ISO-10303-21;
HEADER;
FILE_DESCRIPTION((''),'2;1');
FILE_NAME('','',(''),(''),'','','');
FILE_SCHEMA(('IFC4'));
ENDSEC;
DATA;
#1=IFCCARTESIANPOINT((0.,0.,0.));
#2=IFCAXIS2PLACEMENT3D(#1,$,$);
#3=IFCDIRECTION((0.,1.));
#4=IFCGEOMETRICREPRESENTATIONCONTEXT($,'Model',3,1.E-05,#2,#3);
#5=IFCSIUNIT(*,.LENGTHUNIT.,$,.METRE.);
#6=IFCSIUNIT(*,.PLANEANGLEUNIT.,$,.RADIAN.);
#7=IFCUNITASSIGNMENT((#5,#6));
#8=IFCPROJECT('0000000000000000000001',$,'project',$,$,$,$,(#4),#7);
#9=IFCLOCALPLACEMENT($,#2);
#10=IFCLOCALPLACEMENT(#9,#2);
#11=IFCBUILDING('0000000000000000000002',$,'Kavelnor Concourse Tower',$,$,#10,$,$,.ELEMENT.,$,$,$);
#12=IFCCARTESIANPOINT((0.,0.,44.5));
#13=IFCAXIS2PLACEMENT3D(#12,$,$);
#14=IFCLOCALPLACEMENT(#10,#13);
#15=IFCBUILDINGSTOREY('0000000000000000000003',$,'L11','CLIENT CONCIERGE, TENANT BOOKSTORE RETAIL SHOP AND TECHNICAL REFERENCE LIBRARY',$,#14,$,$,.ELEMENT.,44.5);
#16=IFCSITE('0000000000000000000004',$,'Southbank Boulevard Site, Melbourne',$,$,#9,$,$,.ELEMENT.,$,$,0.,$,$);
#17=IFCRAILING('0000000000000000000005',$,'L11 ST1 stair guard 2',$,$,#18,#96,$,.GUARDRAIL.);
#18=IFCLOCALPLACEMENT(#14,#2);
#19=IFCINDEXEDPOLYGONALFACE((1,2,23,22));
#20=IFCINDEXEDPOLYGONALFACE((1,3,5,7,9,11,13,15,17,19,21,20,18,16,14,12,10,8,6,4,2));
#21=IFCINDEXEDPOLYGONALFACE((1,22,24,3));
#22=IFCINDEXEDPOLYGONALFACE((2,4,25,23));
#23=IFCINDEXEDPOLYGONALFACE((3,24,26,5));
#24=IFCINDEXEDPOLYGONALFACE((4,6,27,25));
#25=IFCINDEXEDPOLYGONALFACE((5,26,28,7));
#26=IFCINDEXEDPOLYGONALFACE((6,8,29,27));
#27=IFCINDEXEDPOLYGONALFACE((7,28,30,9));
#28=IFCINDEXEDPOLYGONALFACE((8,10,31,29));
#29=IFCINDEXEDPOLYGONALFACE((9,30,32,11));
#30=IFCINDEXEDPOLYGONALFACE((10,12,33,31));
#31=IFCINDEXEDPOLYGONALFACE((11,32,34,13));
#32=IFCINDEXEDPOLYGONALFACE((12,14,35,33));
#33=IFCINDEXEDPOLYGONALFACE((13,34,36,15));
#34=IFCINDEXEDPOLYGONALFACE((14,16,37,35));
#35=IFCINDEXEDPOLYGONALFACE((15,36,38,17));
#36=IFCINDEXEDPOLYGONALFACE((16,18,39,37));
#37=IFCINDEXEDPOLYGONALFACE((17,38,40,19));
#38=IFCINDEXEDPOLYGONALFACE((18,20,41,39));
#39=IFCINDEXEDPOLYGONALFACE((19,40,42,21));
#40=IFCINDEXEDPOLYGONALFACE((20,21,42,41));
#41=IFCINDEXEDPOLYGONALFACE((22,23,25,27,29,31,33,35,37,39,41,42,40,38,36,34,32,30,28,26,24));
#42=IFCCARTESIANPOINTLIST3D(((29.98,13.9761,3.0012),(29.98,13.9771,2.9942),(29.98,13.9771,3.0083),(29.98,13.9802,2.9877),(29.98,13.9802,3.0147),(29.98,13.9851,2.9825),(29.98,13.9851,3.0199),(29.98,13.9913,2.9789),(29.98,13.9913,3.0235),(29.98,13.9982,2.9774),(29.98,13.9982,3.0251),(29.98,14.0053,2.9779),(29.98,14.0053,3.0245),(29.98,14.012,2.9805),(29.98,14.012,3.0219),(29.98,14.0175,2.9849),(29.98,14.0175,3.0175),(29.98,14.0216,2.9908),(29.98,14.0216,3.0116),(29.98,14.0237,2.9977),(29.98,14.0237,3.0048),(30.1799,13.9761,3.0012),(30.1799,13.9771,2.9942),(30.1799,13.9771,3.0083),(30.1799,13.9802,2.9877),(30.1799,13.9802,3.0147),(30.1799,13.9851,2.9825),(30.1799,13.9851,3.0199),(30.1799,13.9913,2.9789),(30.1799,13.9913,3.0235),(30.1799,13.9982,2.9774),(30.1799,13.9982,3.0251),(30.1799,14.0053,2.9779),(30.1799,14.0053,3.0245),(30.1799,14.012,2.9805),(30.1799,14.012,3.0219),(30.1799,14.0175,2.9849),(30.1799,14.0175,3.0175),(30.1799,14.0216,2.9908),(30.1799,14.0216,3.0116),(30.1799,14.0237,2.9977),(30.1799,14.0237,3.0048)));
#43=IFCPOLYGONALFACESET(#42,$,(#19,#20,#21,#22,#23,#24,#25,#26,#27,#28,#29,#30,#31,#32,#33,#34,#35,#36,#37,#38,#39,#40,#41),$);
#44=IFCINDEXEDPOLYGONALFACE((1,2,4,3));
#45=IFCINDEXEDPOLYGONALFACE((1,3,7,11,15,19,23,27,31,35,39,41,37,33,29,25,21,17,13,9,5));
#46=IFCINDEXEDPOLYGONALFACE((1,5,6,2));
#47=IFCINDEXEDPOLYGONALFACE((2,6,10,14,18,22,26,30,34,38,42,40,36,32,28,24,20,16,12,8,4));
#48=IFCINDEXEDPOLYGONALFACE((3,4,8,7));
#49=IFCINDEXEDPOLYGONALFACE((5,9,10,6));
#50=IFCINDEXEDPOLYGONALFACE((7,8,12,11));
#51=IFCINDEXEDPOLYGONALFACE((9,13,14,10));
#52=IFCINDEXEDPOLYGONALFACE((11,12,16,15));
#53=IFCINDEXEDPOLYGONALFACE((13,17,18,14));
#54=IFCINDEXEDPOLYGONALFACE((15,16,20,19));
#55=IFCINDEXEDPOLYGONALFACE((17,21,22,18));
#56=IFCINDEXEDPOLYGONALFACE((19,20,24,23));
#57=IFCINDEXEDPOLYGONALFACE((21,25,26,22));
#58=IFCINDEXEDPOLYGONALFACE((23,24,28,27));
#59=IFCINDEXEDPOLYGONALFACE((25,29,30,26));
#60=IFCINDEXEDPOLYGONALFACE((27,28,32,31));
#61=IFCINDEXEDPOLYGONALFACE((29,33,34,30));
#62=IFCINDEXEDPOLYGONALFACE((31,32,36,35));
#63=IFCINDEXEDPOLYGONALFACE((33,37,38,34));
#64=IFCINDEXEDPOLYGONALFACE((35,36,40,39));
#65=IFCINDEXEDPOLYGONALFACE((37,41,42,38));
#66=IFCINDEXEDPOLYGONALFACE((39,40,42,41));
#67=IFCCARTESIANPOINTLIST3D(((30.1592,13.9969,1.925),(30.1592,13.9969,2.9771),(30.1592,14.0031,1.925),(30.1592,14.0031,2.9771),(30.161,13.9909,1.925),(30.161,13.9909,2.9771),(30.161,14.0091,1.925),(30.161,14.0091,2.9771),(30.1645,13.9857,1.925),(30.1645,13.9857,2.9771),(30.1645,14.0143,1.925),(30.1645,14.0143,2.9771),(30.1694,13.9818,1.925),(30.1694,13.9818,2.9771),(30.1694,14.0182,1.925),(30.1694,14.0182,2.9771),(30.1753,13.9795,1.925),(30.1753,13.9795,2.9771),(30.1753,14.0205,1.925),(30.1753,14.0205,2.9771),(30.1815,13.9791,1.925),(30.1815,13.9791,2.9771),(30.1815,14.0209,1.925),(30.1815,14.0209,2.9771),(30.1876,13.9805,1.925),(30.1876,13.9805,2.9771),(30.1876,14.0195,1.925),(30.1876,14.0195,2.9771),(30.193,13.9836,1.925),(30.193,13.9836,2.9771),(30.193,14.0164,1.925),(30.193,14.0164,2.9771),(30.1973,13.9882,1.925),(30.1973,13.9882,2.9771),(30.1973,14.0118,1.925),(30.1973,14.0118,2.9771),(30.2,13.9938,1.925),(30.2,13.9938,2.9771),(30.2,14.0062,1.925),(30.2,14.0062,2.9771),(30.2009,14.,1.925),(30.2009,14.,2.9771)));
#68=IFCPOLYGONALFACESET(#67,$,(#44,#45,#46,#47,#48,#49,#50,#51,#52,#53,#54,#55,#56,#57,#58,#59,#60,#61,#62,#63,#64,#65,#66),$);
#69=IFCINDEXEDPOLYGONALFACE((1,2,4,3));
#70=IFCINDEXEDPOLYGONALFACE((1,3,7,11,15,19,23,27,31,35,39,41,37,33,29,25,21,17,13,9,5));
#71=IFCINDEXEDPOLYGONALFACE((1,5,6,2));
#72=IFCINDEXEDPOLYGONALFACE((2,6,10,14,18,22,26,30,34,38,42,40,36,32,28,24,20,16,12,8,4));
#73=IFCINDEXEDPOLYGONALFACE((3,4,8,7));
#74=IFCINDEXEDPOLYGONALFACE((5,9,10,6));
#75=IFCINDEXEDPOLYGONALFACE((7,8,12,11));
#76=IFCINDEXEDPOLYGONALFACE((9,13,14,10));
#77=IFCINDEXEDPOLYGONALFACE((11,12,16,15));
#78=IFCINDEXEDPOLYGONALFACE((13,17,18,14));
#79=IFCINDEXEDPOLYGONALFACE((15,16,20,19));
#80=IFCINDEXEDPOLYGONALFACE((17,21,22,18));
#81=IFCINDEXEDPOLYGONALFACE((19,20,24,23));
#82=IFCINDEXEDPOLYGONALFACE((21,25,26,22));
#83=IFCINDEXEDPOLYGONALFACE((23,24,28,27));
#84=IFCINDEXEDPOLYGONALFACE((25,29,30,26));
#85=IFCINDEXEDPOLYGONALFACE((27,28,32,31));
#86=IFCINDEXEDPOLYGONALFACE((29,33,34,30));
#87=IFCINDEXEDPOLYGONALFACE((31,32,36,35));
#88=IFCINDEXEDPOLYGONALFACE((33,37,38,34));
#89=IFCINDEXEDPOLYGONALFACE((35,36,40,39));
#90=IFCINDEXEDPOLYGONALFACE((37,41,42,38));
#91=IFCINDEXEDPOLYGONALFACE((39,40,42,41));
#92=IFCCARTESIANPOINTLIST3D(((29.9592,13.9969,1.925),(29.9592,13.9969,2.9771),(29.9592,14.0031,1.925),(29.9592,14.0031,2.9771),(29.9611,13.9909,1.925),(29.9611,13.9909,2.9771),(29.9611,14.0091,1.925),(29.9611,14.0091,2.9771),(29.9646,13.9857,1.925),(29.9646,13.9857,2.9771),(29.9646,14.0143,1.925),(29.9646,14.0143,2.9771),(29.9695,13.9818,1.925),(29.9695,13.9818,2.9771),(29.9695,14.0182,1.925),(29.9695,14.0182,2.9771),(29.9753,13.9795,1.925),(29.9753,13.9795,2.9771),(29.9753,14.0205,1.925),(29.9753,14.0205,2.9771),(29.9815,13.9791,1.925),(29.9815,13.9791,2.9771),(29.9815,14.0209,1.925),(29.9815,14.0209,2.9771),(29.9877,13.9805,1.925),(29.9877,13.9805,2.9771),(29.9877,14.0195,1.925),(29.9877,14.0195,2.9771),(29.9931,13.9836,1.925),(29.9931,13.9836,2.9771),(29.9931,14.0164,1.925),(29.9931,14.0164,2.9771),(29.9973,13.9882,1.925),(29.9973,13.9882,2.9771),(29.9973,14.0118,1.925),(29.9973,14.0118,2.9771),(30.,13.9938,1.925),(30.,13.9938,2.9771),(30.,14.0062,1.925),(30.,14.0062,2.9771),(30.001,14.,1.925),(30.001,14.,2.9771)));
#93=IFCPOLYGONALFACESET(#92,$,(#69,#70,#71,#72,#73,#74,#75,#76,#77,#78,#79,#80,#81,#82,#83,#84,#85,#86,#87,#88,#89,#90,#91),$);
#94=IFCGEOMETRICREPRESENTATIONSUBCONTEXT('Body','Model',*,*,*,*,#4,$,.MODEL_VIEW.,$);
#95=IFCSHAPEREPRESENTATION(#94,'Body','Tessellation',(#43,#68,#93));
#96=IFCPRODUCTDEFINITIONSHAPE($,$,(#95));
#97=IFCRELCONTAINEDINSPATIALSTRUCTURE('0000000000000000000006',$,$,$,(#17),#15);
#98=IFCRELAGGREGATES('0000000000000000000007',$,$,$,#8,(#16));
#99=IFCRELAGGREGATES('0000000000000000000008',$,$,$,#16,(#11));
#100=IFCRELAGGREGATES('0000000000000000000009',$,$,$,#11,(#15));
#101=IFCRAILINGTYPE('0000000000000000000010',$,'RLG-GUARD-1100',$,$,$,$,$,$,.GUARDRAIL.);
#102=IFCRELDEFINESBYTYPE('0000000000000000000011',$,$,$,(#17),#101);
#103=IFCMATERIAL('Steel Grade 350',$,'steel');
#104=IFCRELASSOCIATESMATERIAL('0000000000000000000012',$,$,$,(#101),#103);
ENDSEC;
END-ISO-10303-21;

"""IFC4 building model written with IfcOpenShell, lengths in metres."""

from ifc_helpers import new_model, si_unit, direction, frame, origin, origin_2d, place, context, subcontext, project, spatial, circle, extrude, material, type_object, element, save


model = new_model("IFC4")

# Units and contexts
model_context = context("Model", 3, precision=1e-05, world=origin(), true_north=direction((0.0, 1.0)))
body_context = subcontext(model_context, "Body", "Model", "MODEL_VIEW")
ifc_project = project(units=[si_unit("LENGTHUNIT", "METRE"), si_unit("PLANEANGLEUNIT", "RADIAN")], contexts=[model_context])

# Site, building, storey
site_placement = place(None, origin())
site = spatial("IfcSite", under=ifc_project, at=site_placement, Name="Southbank Boulevard Site, Melbourne", CompositionType="ELEMENT", RefElevation=0.0)
building_placement = place(site_placement, origin())
building = spatial("IfcBuilding", under=site, at=building_placement, Name="Kavelnor Concourse Tower", CompositionType="ELEMENT")
storey_placement = place(building_placement, frame((0.0, 0.0, 44.5)))
storey = spatial("IfcBuildingStorey", under=building, at=storey_placement, Name="L11", Description="CLIENT CONCIERGE, TENANT BOOKSTORE RETAIL SHOP AND TECHNICAL REFERENCE LIBRARY", CompositionType="ELEMENT", Elevation=44.5)

# Shared definitions
ifc_material_1 = material(Name="Steel Grade 350", Category="steel")

# Railing
railing_type_1 = type_object("IfcRailingType", Name="RLG-GUARD-1100", PredefinedType="GUARDRAIL", material=ifc_material_1)
railing_1_placement = place(storey_placement, frame((30.1799, 14.0, 1.925)))
element("IfcRailing", 1, at=railing_1_placement, inside=storey, type_object=railing_type_1, Name="L11 ST1 stair guard 2", PredefinedType="GUARDRAIL", context=body_context, shape_type="SweptSolid", body=[
    extrude(circle(Radius=0.0239, at=origin_2d()), frame((0.0, 0.0, 1.0762), z_axis=(-1.0, 0.0, 0.0), x_axis=(0.0, -1.0, 0.0)), (0.0, 0.0, 1.0), 0.2),
    extrude(circle(Radius=0.021, at=origin_2d()), origin(), (0.0, 0.0, 1.0), 1.052),
    extrude(circle(Radius=0.021, at=origin_2d()), frame((-0.2, 0.0, 0.0)), (0.0, 0.0, 1.0), 1.052),
])

save(model, "model.ifc")
